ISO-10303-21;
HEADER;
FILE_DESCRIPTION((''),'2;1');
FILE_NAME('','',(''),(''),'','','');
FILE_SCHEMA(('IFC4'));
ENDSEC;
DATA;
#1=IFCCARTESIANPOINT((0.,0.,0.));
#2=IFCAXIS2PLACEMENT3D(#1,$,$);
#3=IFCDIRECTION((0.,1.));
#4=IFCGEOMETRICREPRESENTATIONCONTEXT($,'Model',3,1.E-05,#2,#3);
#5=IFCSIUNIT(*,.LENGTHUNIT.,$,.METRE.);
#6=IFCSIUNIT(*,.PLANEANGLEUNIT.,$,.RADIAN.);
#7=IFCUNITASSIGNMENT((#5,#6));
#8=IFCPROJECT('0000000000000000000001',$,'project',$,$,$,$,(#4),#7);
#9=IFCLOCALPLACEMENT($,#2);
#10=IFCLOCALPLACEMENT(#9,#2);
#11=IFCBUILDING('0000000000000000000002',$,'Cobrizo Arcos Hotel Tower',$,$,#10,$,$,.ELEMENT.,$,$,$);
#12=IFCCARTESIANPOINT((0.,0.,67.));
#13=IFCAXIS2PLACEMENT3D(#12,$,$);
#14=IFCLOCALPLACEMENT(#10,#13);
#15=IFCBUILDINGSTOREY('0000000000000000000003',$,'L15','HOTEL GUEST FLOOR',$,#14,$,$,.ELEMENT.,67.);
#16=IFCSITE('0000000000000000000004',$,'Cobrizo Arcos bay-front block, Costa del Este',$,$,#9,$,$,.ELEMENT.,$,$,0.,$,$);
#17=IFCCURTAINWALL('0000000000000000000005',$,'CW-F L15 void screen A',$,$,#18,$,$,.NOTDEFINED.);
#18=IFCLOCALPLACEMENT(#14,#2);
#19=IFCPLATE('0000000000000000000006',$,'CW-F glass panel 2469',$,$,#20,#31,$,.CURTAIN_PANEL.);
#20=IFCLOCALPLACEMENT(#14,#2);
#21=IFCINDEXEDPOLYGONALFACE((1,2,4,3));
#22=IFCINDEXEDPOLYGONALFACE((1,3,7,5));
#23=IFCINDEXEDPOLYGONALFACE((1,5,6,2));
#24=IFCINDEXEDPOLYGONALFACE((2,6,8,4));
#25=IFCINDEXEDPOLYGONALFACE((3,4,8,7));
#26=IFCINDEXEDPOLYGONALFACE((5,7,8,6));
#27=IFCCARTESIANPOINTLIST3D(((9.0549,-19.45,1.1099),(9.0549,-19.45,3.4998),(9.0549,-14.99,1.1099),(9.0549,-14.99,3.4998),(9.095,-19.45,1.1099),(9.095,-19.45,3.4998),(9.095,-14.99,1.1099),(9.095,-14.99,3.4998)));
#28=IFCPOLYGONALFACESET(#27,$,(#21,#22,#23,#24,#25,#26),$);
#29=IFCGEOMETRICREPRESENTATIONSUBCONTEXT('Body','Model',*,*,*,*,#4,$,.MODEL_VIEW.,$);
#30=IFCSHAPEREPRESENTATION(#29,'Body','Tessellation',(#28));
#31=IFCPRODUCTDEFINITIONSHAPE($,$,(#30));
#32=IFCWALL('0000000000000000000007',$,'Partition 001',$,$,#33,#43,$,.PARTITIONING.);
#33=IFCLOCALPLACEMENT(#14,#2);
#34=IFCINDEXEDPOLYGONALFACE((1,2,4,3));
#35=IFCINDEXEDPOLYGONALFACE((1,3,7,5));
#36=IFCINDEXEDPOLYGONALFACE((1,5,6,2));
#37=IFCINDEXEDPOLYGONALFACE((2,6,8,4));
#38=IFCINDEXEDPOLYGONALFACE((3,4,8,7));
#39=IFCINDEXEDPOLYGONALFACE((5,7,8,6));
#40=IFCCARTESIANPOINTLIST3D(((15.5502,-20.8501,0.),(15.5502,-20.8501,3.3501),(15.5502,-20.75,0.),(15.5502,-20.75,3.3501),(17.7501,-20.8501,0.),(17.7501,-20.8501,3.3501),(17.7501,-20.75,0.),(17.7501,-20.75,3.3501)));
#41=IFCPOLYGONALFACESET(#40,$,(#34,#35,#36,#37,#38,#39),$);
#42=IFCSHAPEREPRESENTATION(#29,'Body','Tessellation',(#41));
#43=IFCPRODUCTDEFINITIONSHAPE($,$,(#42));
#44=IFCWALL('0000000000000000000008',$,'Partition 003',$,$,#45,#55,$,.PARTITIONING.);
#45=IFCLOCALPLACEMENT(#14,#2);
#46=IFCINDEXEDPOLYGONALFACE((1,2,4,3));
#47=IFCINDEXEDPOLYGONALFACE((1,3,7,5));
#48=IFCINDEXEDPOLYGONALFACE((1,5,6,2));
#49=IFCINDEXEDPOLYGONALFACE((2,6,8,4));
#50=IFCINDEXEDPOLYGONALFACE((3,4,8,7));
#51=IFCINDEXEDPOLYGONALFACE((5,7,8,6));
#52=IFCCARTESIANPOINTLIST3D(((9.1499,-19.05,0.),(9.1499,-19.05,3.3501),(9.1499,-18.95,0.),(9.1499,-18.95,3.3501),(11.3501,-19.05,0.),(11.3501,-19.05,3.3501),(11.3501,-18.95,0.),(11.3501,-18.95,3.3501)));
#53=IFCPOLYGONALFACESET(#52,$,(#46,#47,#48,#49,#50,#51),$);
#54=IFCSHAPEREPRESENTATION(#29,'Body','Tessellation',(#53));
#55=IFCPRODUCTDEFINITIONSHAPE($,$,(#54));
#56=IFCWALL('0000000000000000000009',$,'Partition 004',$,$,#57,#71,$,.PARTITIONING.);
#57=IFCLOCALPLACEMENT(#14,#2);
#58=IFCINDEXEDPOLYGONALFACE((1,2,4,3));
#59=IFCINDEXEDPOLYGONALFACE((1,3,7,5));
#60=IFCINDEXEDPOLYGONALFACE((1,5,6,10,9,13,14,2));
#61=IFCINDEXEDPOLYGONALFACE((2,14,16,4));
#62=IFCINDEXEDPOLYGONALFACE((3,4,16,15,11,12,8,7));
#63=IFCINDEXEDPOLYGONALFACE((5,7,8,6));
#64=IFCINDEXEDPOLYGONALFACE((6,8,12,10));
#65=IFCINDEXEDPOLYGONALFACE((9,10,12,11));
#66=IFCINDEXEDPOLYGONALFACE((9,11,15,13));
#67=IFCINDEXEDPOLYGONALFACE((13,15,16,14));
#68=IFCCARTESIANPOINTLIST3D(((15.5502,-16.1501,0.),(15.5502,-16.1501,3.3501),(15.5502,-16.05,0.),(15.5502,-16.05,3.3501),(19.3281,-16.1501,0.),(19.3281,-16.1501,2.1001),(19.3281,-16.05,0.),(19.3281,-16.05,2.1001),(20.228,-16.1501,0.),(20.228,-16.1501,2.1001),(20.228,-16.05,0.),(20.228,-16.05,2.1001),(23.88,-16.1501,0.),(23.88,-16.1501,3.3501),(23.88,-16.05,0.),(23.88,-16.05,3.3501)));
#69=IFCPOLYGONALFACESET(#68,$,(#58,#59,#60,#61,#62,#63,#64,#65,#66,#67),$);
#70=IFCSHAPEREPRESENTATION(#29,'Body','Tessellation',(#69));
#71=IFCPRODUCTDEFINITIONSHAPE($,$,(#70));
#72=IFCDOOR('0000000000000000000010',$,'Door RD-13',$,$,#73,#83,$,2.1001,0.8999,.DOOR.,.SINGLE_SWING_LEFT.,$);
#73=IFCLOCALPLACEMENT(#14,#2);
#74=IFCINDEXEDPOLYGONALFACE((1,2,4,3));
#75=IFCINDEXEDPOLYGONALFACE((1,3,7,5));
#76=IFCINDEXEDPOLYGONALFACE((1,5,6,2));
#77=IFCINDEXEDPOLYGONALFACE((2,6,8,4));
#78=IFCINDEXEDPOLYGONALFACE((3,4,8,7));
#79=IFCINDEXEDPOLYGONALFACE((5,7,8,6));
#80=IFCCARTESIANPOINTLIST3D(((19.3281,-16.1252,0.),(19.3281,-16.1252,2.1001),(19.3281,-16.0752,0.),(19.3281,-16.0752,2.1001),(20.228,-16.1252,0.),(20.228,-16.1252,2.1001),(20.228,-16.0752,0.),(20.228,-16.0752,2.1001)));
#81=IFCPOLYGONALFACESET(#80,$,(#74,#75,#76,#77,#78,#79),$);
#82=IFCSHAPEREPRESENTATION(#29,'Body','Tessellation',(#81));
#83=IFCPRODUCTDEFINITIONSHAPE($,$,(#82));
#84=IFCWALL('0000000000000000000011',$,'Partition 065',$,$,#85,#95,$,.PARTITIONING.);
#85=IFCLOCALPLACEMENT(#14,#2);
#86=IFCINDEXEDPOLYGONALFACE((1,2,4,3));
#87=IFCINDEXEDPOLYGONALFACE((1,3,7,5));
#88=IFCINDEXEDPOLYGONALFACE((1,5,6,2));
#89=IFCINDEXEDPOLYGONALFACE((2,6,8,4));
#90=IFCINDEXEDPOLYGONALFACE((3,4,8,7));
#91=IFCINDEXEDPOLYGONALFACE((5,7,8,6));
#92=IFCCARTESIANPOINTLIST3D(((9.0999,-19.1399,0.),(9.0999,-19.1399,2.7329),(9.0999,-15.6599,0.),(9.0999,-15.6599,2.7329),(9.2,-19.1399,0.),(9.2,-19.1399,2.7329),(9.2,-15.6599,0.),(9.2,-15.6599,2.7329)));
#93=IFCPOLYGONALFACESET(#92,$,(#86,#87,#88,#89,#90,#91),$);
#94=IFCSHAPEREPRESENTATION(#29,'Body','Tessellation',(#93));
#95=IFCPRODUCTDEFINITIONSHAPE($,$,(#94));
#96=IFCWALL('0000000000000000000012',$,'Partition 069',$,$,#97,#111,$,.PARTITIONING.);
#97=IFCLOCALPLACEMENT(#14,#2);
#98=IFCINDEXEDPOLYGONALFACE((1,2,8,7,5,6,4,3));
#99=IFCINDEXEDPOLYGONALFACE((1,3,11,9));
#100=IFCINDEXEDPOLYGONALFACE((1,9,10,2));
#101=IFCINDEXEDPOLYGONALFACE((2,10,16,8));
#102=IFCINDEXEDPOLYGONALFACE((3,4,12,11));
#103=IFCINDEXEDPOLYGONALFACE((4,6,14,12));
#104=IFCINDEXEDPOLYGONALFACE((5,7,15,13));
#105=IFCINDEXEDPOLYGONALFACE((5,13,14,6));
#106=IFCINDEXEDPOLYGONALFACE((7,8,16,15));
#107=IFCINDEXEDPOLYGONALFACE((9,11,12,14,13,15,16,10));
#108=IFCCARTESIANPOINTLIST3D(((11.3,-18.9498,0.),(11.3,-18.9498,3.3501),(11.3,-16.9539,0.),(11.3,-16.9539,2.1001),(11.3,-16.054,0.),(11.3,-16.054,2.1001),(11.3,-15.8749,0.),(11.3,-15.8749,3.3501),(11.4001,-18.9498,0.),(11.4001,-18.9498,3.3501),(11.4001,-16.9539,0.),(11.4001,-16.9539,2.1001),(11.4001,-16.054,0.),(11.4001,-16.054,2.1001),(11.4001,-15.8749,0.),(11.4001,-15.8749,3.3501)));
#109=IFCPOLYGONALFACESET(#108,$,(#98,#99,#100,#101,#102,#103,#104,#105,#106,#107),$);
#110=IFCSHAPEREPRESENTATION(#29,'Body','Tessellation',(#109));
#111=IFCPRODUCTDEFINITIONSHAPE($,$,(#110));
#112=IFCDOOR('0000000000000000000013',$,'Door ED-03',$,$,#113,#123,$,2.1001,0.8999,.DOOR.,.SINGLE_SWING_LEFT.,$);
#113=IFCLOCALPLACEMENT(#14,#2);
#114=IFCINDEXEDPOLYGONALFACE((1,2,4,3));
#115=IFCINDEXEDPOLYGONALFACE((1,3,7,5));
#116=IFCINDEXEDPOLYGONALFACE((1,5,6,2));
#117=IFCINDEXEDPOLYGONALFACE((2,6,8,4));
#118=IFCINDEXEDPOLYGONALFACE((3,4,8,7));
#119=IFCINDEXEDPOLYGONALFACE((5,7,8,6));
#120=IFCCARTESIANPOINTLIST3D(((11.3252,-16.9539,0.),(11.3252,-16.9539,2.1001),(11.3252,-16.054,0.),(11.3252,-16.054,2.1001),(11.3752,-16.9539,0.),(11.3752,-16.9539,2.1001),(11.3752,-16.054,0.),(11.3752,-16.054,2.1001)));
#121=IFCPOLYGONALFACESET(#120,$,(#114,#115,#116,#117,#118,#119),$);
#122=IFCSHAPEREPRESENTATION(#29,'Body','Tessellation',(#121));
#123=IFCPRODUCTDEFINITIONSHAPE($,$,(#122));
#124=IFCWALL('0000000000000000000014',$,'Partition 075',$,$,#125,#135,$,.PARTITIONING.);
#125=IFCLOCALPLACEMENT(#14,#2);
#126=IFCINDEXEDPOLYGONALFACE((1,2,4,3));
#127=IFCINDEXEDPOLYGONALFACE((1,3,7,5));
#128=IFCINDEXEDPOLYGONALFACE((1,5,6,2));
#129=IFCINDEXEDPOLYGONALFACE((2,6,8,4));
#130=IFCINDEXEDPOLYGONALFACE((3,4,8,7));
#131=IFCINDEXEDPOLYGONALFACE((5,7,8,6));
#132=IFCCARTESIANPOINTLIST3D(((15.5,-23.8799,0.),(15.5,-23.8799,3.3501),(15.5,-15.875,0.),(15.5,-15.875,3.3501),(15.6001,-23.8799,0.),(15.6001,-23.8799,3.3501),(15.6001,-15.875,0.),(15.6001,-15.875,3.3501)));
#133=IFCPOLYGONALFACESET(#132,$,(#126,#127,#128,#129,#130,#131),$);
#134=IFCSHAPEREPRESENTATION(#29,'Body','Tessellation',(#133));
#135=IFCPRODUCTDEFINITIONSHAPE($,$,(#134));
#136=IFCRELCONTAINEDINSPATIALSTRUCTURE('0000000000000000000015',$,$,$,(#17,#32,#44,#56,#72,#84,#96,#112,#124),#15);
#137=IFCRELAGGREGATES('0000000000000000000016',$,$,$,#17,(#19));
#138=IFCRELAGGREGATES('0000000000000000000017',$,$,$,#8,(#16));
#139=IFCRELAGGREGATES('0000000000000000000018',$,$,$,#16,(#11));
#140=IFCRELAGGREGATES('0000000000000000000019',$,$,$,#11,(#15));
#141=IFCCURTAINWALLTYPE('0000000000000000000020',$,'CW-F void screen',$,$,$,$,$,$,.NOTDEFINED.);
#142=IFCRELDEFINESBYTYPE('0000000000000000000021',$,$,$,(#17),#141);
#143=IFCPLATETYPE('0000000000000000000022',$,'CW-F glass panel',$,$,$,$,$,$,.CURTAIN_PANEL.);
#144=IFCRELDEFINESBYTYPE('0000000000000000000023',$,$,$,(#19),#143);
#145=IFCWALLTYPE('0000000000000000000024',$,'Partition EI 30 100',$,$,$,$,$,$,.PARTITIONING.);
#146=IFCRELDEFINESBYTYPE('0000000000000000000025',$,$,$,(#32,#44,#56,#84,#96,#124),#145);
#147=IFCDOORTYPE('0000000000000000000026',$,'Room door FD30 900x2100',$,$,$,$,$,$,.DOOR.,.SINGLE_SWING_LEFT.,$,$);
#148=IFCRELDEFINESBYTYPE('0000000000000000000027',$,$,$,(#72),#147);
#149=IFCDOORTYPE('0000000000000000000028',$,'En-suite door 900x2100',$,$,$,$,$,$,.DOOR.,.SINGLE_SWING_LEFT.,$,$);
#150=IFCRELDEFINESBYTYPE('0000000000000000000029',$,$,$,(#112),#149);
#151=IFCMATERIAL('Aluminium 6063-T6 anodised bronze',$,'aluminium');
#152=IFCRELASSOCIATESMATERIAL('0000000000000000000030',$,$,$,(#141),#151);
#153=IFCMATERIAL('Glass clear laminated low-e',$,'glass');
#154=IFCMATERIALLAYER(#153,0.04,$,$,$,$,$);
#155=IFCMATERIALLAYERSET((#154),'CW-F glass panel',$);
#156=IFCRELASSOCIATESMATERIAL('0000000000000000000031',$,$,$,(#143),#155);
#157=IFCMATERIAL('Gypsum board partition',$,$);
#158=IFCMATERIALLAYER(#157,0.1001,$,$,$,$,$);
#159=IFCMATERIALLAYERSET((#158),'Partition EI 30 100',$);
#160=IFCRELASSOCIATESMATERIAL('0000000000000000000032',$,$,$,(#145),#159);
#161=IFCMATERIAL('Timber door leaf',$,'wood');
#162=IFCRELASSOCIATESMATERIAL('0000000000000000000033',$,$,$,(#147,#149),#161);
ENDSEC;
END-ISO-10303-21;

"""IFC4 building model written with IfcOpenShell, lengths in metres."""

from ifc_helpers import new_model, si_unit, direction, frame, frame_2d, origin, origin_2d, place, context, subcontext, project, spatial, rectangle, extrude, material, layer, layer_set, type_object, element, fill, aggregate, save


model = new_model("IFC4")

# Units and contexts
model_context = context("Model", 3, precision=1e-05, world=origin(), true_north=direction((0.0, 1.0)))
body_context = subcontext(model_context, "Body", "Model", "MODEL_VIEW")
ifc_project = project(units=[si_unit("LENGTHUNIT", "METRE"), si_unit("PLANEANGLEUNIT", "RADIAN")], contexts=[model_context])

# Site, building, storey
site_placement = place(None, origin())
site = spatial("IfcSite", under=ifc_project, at=site_placement, Name="Cobrizo Arcos bay-front block, Costa del Este", CompositionType="ELEMENT", RefElevation=0.0)
building_placement = place(site_placement, origin())
building = spatial("IfcBuilding", under=site, at=building_placement, Name="Cobrizo Arcos Hotel Tower", CompositionType="ELEMENT")
storey_placement = place(building_placement, frame((0.0, 0.0, 67.0)))
storey = spatial("IfcBuildingStorey", under=building, at=storey_placement, Name="L15", Description="HOTEL GUEST FLOOR", CompositionType="ELEMENT", Elevation=67.0)

# Curtain wall
ifc_material_1 = material(Name="Aluminium 6063-T6 anodised bronze", Category="aluminium")
curtain_wall_type_1 = type_object("IfcCurtainWallType", Name="CW-F void screen", PredefinedType="NOTDEFINED", material=ifc_material_1)
curtain_wall_1_placement = place(storey_placement, origin())
curtain_wall_1 = element("IfcCurtainWall", 1, at=curtain_wall_1_placement, inside=storey, type_object=curtain_wall_type_1, Name="CW-F L15 void screen A", PredefinedType="NOTDEFINED")

# Plate
ifc_material_2 = material(Name="Glass clear laminated low-e", Category="glass")
ifc_layer_1 = layer(ifc_material_2, 0.04)
ifc_layer_set_1 = layer_set([ifc_layer_1], Name="CW-F glass panel")
plate_type_1 = type_object("IfcPlateType", Name="CW-F glass panel", PredefinedType="CURTAIN_PANEL", material=ifc_layer_set_1)
plate_1_placement = place(storey_placement, frame((9.075, -17.22, 1.1099), z_axis=(0.0, 0.0, 1.0), x_axis=(0.0, 1.0, 0.0)))
plate_1 = element("IfcPlate", 2, at=plate_1_placement, type_object=plate_type_1, Name="CW-F glass panel 2469", PredefinedType="CURTAIN_PANEL", context=body_context, shape_type="SweptSolid", body=[
    extrude(rectangle(XDim=4.46, YDim=0.04, at=origin_2d()), origin(), (0.0, 0.0, 1.0), 2.3899),
])
aggregate(curtain_wall_1, [plate_1])

# Walls
ifc_material_3 = material(Name="Gypsum board partition")
ifc_layer_2 = layer(ifc_material_3, 0.1001)
ifc_layer_set_2 = layer_set([ifc_layer_2], Name="Partition EI 30 100")
wall_type = type_object("IfcWallType", Name="Partition EI 30 100", PredefinedType="PARTITIONING", material=ifc_layer_set_2)
wall_1_placement = place(storey_placement, frame((15.55, -20.8, 0.0), z_axis=(0.0, 0.0, 1.0), x_axis=(1.0, 0.0, 0.0)))
element("IfcWall", 3, at=wall_1_placement, inside=storey, type_object=wall_type, Name="Partition 001", PredefinedType="PARTITIONING", context=body_context, shape_type="SweptSolid", body=[
    extrude(rectangle(XDim=2.2, YDim=0.1001, at=frame_2d((1.1001, 0.0))), origin(), (0.0, 0.0, 1.0), 3.3501),
])
wall_2_placement = place(storey_placement, frame((9.1499, -19.0, 0.0), z_axis=(0.0, 0.0, 1.0), x_axis=(1.0, 0.0, 0.0)))
element("IfcWall", 4, at=wall_2_placement, inside=storey, type_object=wall_type, Name="Partition 003", PredefinedType="PARTITIONING", context=body_context, shape_type="SweptSolid", body=[
    extrude(rectangle(XDim=2.2002, YDim=0.1001, at=frame_2d((1.1001, 0.0))), origin(), (0.0, 0.0, 1.0), 3.3501),
])

# Wall, opening, door
wall_3_placement = place(storey_placement, frame((15.55, -16.1001, 0.0), z_axis=(0.0, 0.0, 1.0), x_axis=(1.0, 0.0, 0.0)))
wall_3 = element("IfcWall", 5, at=wall_3_placement, inside=storey, type_object=wall_type, Name="Partition 004", PredefinedType="PARTITIONING", context=body_context, shape_type="SweptSolid", body=[
    extrude(rectangle(XDim=8.3298, YDim=0.1001, at=frame_2d((4.165, 0.0))), origin(), (0.0, 0.0, 1.0), 3.3501),
])
opening_1_placement = place(wall_3_placement, frame((3.7781, 0.0, 0.0)))
opening_1 = element("IfcOpeningElement", 6, at=opening_1_placement, cuts=wall_3, PredefinedType="OPENING", context=body_context, shape_type="SweptSolid", body=[
    extrude(rectangle(XDim=0.8999, YDim=2.1001, at=frame_2d((0.45, 1.05))), frame((0.0, 0.062, 0.0), z_axis=(0.0, -1.0, 0.0), x_axis=(1.0, 0.0, 0.0)), (0.0, 0.0, 1.0), 0.124),
])
ifc_material_4 = material(Name="Timber door leaf", Category="wood")
door_type_1 = type_object("IfcDoorType", Name="Room door FD30 900x2100", OperationType="SINGLE_SWING_LEFT", PredefinedType="DOOR", material=ifc_material_4)
door_1_placement = place(opening_1_placement, origin())
door_1 = element("IfcDoor", 7, at=door_1_placement, inside=storey, type_object=door_type_1, Name="Door RD-13", OperationType="SINGLE_SWING_LEFT", OverallHeight=2.1001, OverallWidth=0.8999, PredefinedType="DOOR", context=body_context, shape_type="SweptSolid", body=[
    extrude(rectangle(XDim=0.8999, YDim=2.1001, at=frame_2d((0.45, 1.05))), frame((0.0, 0.0249, 0.0), z_axis=(0.0, -1.0, 0.0), x_axis=(1.0, 0.0, 0.0)), (0.0, 0.0, 1.0), 0.05),
])
fill(opening_1, door_1)

# Wall
wall_4_placement = place(storey_placement, frame((9.1499, -19.1399, 0.0), z_axis=(0.0, 0.0, 1.0), x_axis=(0.0, 1.0, 0.0)))
element("IfcWall", 8, at=wall_4_placement, inside=storey, type_object=wall_type, Name="Partition 065", PredefinedType="PARTITIONING", context=body_context, shape_type="SweptSolid", body=[
    extrude(rectangle(XDim=3.48, YDim=0.1001, at=frame_2d((1.74, 0.0))), origin(), (0.0, 0.0, 1.0), 2.7329),
])

# Wall, opening, door
wall_5_placement = place(storey_placement, frame((11.3501, -18.95, 0.0), z_axis=(0.0, 0.0, 1.0), x_axis=(0.0, 1.0, 0.0)))
wall_5 = element("IfcWall", 9, at=wall_5_placement, inside=storey, type_object=wall_type, Name="Partition 069", PredefinedType="PARTITIONING", context=body_context, shape_type="SweptSolid", body=[
    extrude(rectangle(XDim=3.075, YDim=0.1001, at=frame_2d((1.5376, 0.0))), origin(), (0.0, 0.0, 1.0), 3.3501),
])
opening_2_placement = place(wall_5_placement, frame((1.9961, 0.0, 0.0)))
opening_2 = element("IfcOpeningElement", 10, at=opening_2_placement, cuts=wall_5, PredefinedType="OPENING", context=body_context, shape_type="SweptSolid", body=[
    extrude(rectangle(XDim=0.8999, YDim=2.1001, at=frame_2d((0.45, 1.05))), frame((0.0, 0.062, 0.0), z_axis=(0.0, -1.0, 0.0), x_axis=(1.0, 0.0, 0.0)), (0.0, 0.0, 1.0), 0.124),
])
door_type_2 = type_object("IfcDoorType", Name="En-suite door 900x2100", OperationType="SINGLE_SWING_LEFT", PredefinedType="DOOR", material=ifc_material_4)
door_2_placement = place(opening_2_placement, origin())
door_2 = element("IfcDoor", 11, at=door_2_placement, inside=storey, type_object=door_type_2, Name="Door ED-03", OperationType="SINGLE_SWING_LEFT", OverallHeight=2.1001, OverallWidth=0.8999, PredefinedType="DOOR", context=body_context, shape_type="SweptSolid", body=[
    extrude(rectangle(XDim=0.8999, YDim=2.1001, at=frame_2d((0.45, 1.05))), frame((0.0, 0.0249, 0.0), z_axis=(0.0, -1.0, 0.0), x_axis=(1.0, 0.0, 0.0)), (0.0, 0.0, 1.0), 0.05),
])
fill(opening_2, door_2)

# Wall
wall_6_placement = place(storey_placement, frame((15.55, -23.8799, 0.0), z_axis=(0.0, 0.0, 1.0), x_axis=(0.0, 1.0, 0.0)))
element("IfcWall", 12, at=wall_6_placement, inside=storey, type_object=wall_type, Name="Partition 075", PredefinedType="PARTITIONING", context=body_context, shape_type="SweptSolid", body=[
    extrude(rectangle(XDim=8.0049, YDim=0.1001, at=frame_2d((4.0024, 0.0))), origin(), (0.0, 0.0, 1.0), 3.3501),
])

save(model, "model.ifc")
